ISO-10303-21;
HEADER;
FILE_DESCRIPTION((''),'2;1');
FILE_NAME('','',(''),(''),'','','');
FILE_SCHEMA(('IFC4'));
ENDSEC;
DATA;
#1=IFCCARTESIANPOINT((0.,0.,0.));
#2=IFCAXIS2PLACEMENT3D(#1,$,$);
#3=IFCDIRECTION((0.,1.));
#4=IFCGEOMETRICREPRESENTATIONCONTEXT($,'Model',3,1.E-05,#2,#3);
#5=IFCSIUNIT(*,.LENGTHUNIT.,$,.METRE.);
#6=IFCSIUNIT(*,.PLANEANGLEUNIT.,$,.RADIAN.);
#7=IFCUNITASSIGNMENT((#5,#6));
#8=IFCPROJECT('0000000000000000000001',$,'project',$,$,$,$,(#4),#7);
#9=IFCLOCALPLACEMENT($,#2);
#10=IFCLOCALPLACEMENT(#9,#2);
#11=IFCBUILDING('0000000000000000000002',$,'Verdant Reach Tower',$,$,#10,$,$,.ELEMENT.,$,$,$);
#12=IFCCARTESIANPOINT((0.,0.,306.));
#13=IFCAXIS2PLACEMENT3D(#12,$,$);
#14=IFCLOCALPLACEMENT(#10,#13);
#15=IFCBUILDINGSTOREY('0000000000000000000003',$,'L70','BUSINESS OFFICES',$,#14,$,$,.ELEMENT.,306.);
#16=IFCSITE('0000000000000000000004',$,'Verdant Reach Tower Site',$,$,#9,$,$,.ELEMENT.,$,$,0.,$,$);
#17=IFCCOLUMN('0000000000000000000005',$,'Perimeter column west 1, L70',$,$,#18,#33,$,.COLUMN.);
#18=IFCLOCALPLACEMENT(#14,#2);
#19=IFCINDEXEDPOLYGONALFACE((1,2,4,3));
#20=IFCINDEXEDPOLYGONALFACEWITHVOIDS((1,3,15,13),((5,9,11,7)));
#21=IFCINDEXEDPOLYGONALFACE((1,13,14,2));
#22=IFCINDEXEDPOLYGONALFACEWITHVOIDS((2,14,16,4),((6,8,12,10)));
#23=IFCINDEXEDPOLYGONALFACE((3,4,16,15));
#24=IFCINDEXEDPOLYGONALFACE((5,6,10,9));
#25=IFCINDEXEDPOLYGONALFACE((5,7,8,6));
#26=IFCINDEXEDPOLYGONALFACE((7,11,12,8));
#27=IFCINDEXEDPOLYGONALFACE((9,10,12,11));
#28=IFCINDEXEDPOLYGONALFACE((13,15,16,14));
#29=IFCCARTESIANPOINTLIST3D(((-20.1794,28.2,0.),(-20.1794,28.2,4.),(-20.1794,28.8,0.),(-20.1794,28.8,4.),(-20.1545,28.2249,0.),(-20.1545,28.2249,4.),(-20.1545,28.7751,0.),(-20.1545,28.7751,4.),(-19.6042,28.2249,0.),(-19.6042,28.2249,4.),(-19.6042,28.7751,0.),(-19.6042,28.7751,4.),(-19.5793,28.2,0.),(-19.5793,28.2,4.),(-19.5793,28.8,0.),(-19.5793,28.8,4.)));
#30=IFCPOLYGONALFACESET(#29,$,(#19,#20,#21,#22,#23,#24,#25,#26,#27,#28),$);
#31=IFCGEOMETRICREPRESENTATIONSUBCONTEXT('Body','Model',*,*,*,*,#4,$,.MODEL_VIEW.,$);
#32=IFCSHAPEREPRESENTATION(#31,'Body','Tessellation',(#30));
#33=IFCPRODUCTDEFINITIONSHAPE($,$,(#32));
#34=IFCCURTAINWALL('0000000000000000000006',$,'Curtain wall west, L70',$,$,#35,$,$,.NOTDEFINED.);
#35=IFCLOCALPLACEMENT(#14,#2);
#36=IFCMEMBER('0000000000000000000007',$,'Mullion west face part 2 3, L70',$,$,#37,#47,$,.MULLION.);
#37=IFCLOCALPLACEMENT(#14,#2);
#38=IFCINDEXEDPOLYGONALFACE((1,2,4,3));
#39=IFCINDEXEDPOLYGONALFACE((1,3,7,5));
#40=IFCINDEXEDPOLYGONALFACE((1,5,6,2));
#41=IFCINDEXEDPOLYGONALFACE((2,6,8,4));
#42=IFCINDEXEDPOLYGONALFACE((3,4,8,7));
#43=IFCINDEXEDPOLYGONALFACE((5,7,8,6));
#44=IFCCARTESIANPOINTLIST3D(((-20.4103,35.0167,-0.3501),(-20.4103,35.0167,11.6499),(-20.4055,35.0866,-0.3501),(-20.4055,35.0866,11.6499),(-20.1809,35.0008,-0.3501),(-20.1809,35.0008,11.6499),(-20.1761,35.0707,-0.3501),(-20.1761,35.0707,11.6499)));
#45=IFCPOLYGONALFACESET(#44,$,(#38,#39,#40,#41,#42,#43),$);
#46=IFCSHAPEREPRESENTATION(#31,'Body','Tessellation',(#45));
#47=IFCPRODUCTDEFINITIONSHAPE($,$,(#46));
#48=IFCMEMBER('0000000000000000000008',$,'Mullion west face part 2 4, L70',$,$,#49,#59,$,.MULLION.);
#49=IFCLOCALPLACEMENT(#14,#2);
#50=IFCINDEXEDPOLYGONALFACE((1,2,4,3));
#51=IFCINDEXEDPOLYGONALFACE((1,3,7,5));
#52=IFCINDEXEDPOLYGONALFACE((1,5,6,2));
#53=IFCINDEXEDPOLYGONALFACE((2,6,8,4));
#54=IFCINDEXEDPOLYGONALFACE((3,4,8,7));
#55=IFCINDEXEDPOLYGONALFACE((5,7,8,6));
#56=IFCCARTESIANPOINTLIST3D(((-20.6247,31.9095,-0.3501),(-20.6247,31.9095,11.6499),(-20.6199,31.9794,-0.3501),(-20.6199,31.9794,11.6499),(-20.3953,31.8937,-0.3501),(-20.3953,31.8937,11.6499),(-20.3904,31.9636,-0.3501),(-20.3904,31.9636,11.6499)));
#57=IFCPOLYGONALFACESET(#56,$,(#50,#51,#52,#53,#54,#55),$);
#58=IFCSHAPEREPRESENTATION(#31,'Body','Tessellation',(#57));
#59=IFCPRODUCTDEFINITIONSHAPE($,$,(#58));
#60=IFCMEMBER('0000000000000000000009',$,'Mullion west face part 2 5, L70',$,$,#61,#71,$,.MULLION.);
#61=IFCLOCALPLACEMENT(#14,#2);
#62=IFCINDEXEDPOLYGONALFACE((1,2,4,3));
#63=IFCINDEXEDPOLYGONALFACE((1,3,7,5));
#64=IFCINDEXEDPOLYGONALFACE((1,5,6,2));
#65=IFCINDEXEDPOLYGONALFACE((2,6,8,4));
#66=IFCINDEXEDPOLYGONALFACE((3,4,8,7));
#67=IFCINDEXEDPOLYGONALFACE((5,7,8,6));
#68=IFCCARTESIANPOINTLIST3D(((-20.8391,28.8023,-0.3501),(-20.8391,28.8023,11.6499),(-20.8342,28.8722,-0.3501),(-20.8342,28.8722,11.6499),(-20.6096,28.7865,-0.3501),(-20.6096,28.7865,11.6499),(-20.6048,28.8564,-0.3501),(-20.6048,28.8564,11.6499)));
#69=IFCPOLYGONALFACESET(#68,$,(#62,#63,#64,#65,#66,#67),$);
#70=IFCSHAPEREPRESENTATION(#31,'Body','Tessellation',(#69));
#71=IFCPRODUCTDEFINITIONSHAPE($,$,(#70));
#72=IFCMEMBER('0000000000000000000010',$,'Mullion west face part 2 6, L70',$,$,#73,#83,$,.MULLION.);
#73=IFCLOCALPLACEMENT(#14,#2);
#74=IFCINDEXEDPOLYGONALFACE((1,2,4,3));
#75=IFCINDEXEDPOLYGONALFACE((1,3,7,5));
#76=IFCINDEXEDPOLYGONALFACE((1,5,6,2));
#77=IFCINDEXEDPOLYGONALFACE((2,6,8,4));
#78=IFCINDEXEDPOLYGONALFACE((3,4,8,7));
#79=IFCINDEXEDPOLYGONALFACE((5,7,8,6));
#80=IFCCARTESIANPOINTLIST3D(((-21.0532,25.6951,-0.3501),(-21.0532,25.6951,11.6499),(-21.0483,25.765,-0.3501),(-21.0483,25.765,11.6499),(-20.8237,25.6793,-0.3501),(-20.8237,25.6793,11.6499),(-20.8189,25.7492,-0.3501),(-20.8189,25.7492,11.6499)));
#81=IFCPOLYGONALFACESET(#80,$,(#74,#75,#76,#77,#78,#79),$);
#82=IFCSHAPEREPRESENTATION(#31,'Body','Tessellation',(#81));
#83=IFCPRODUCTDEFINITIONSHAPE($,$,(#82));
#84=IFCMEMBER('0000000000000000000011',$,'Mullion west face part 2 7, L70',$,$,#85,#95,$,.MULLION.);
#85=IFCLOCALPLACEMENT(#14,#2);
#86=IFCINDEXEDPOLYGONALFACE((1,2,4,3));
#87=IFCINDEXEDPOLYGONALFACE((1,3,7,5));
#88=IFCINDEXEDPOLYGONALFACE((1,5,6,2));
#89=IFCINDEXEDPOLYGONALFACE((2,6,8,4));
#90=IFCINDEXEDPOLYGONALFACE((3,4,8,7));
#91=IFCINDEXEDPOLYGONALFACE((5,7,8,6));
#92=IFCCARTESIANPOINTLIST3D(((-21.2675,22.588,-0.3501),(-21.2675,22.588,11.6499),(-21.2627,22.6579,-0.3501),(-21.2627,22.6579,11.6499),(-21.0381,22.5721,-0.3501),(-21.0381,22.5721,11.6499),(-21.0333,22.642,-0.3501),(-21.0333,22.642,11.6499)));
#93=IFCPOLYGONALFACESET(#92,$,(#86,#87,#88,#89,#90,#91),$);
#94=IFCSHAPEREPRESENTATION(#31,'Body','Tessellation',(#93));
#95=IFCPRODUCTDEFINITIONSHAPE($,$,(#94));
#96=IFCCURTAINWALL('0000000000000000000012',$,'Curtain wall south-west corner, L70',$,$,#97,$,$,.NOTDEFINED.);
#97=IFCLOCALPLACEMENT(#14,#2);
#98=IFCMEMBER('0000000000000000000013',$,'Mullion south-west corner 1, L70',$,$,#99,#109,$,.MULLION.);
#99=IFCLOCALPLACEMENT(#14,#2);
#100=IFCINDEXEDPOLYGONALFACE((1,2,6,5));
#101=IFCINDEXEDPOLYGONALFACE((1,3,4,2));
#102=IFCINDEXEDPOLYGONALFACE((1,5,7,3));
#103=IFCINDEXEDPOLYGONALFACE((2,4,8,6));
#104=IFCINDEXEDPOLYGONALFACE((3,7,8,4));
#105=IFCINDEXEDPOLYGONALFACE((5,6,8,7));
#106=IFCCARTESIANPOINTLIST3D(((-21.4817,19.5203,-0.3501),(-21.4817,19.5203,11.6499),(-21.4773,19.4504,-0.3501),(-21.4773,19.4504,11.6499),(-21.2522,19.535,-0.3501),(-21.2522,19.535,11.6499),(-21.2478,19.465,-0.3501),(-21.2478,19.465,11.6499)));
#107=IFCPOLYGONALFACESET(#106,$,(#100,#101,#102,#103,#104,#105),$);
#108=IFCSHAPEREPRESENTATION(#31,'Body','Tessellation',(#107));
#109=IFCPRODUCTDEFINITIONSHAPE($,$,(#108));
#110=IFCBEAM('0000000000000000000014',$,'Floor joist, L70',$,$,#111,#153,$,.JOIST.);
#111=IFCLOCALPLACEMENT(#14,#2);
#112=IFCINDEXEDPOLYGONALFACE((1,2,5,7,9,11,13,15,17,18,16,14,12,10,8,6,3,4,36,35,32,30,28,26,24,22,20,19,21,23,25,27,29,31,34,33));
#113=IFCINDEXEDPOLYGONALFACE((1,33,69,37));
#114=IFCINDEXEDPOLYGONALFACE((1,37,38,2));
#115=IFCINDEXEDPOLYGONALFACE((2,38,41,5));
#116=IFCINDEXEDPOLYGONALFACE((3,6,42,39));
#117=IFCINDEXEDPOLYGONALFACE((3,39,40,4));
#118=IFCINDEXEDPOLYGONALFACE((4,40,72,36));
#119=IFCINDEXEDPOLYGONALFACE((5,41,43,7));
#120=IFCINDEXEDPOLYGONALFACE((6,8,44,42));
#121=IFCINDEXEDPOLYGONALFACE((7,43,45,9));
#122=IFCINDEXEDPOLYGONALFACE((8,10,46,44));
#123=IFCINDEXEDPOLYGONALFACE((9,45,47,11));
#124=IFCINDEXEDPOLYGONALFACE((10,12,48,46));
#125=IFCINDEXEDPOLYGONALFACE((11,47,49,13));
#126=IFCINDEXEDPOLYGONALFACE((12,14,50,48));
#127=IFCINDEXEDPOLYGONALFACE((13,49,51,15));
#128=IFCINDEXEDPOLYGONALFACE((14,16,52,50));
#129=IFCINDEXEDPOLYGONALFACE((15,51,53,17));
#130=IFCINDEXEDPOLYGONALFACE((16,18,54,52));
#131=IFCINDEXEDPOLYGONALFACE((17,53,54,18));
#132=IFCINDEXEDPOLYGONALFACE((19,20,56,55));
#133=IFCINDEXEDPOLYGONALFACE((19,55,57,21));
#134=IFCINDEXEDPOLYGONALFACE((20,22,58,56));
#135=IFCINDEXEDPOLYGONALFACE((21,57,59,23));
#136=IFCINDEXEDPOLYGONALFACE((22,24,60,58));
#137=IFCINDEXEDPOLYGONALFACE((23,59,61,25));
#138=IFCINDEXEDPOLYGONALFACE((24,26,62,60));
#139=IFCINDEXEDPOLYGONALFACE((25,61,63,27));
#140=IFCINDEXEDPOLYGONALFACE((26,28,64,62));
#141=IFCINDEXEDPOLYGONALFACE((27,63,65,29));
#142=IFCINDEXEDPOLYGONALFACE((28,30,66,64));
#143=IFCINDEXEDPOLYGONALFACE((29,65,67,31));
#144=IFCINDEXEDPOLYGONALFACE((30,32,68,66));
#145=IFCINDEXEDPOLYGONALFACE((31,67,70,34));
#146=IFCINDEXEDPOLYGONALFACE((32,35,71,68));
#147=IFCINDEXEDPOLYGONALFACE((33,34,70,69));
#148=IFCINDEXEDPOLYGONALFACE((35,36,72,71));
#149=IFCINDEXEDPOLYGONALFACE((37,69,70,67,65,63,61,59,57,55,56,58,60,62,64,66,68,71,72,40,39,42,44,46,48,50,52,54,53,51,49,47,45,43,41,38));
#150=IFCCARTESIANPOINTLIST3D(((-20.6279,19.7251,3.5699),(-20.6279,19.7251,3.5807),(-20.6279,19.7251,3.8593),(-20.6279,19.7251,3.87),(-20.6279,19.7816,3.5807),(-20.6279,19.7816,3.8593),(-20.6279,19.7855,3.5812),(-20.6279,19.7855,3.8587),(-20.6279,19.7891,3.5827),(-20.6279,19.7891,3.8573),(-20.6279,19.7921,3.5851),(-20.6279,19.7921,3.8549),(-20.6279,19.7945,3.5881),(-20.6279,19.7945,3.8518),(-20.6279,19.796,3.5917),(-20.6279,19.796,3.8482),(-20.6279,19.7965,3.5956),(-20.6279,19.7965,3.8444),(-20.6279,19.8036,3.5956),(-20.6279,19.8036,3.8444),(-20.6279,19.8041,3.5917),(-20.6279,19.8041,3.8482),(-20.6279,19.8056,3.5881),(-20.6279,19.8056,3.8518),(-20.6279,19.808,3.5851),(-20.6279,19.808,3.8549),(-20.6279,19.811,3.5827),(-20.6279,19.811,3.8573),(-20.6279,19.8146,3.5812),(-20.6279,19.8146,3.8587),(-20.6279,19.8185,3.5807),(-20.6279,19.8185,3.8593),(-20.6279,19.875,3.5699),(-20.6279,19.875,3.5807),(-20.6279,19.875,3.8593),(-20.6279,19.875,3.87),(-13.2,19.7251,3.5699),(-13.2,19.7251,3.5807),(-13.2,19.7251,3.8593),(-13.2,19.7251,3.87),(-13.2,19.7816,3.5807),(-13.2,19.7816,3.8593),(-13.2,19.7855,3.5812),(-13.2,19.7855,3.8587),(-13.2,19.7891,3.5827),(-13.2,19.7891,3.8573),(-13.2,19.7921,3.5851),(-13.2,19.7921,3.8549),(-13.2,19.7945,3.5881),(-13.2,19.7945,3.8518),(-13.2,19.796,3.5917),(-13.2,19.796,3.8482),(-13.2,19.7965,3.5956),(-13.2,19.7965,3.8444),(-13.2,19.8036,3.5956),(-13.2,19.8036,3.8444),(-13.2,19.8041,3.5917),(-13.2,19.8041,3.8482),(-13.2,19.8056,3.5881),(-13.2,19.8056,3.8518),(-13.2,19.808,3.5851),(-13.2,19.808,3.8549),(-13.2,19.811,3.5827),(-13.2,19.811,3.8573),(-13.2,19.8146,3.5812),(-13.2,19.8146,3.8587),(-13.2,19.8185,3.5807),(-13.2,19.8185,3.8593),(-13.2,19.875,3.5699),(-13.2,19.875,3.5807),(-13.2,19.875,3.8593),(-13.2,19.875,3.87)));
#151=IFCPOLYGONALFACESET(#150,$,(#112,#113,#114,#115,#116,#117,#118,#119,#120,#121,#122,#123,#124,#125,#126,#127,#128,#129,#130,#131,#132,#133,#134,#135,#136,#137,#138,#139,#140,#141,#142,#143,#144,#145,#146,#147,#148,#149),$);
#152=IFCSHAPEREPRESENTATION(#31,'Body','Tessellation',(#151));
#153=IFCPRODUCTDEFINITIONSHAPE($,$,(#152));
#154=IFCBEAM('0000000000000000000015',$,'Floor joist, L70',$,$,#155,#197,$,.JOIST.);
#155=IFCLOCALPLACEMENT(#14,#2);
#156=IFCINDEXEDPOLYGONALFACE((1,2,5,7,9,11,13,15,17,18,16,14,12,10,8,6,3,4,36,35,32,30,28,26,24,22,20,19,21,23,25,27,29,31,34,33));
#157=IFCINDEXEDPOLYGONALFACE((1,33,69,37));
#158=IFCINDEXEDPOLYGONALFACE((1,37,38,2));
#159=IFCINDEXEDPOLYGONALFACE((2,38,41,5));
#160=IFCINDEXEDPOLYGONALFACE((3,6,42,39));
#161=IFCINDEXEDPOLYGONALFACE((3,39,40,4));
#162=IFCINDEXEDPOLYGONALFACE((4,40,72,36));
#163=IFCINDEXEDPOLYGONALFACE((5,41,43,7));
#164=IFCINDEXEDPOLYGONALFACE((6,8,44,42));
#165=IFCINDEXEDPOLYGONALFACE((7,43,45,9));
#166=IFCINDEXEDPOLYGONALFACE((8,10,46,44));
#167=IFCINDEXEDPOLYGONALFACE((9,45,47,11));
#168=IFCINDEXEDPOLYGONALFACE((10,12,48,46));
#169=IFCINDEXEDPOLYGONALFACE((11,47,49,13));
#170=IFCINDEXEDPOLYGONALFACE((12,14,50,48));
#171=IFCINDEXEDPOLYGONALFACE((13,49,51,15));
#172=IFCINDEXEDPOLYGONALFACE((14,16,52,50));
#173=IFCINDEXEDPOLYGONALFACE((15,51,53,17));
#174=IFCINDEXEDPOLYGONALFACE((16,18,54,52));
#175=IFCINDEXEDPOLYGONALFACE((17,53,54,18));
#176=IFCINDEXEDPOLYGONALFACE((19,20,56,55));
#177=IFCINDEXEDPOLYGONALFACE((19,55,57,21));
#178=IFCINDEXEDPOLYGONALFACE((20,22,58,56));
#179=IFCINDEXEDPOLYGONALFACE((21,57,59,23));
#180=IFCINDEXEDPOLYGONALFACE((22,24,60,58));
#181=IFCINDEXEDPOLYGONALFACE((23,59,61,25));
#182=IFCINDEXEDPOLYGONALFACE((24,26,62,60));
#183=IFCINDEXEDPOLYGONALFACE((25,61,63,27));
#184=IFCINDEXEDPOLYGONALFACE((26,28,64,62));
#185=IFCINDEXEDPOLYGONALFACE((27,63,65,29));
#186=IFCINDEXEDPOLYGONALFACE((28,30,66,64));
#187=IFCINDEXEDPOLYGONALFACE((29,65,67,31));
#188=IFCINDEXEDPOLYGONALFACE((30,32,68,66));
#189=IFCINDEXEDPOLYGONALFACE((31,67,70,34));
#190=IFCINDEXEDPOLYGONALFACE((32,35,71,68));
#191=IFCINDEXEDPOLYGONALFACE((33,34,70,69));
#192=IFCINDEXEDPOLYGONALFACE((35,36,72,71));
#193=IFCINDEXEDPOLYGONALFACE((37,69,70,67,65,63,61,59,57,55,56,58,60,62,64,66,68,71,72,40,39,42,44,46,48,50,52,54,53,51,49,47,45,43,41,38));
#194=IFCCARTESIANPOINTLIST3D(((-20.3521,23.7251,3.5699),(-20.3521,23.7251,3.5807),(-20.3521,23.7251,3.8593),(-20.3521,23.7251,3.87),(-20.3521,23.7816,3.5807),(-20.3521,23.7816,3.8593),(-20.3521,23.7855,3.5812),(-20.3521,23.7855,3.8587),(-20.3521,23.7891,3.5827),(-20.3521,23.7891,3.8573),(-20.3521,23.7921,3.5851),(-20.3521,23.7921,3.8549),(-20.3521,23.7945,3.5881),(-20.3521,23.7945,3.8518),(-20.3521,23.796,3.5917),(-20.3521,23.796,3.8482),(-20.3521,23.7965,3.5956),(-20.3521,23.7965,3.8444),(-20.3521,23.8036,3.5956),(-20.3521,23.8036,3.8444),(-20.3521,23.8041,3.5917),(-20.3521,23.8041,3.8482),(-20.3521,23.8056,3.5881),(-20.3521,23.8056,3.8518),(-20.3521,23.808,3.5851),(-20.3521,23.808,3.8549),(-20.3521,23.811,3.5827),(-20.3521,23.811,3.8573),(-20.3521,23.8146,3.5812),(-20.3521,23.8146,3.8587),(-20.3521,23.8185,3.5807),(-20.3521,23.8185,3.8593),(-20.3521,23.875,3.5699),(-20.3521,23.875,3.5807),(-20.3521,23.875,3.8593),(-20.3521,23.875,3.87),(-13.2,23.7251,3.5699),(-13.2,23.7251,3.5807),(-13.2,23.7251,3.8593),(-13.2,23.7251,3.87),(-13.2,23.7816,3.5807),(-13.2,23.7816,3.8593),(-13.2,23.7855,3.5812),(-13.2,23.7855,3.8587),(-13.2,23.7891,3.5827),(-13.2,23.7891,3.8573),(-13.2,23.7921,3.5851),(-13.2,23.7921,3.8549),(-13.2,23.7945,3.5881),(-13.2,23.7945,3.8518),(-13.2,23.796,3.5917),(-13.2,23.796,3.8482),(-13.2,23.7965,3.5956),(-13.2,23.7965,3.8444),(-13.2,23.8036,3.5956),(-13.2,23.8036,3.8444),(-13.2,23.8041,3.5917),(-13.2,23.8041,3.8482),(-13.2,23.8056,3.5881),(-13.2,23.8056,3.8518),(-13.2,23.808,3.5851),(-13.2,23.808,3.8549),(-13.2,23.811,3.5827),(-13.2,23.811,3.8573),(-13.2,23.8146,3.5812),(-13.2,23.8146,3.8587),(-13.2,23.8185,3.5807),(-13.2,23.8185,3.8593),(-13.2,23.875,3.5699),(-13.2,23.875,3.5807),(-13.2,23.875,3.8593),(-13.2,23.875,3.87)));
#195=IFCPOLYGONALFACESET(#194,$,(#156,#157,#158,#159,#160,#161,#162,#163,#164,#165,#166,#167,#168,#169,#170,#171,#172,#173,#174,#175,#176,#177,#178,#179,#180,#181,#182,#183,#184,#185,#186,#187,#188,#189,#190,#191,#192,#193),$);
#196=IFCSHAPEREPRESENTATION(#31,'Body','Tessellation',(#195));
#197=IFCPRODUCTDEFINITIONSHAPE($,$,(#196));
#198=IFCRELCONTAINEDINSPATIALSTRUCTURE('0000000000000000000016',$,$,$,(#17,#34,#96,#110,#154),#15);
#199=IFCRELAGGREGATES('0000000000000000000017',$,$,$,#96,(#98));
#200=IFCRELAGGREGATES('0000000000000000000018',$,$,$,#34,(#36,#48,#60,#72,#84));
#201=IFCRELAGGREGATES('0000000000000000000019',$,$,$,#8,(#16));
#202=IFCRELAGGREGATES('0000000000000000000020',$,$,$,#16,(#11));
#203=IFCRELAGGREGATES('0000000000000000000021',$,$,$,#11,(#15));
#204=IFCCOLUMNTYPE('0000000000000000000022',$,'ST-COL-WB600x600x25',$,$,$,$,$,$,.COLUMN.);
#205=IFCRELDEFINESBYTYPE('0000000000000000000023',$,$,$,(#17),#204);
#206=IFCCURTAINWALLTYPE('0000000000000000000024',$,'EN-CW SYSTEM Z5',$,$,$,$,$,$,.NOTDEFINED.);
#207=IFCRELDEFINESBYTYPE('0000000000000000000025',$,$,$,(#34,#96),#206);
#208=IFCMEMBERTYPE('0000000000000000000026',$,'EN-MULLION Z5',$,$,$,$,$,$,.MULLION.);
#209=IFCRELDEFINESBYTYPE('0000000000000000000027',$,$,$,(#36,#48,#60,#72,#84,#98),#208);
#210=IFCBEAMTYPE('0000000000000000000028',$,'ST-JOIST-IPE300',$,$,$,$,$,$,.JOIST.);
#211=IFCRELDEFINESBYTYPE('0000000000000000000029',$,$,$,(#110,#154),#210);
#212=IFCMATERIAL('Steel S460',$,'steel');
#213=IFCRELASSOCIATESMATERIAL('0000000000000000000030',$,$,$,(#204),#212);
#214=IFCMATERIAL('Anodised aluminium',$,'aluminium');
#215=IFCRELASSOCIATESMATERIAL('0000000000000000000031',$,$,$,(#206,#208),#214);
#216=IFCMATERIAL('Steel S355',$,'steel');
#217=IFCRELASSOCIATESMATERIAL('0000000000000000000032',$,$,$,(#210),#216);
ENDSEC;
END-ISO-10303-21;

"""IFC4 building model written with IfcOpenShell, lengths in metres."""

from ifc_helpers import new_model, si_unit, direction, frame, origin, origin_2d, place, context, subcontext, project, spatial, rectangle, hollow_rectangle, i_section, extrude, material, material_profile, profile_set, type_object, element, aggregate, save


model = new_model("IFC4")

# Units and contexts
model_context = context("Model", 3, precision=1e-05, world=origin(), true_north=direction((0.0, 1.0)))
body_context = subcontext(model_context, "Body", "Model", "MODEL_VIEW")
ifc_project = project(units=[si_unit("LENGTHUNIT", "METRE"), si_unit("PLANEANGLEUNIT", "RADIAN")], contexts=[model_context])

# Site, building, storey
site_placement = place(None, origin())
site = spatial("IfcSite", under=ifc_project, at=site_placement, Name="Verdant Reach Tower Site", CompositionType="ELEMENT", RefElevation=0.0)
building_placement = place(site_placement, origin())
building = spatial("IfcBuilding", under=site, at=building_placement, Name="Verdant Reach Tower", CompositionType="ELEMENT")
storey_placement = place(building_placement, frame((0.0, 0.0, 306.0)))
storey = spatial("IfcBuildingStorey", under=building, at=storey_placement, Name="L70", Description="BUSINESS OFFICES", CompositionType="ELEMENT", Elevation=306.0)

# Column
ifc_material_1 = material(Name="Steel S460", Category="steel")
ifc_material_profile_1 = material_profile(ifc_material_1, hollow_rectangle(XDim=0.6001, YDim=0.6001, WallThickness=0.0249, at=origin_2d()), Name="WB 600x600x25")
ifc_profile_set_1 = profile_set([ifc_material_profile_1], Name="Steel S460")
column_type = type_object("IfcColumnType", Name="ST-COL-WB600x600x25", PredefinedType="COLUMN", material=ifc_profile_set_1)
column_placement = place(storey_placement, frame((-19.8794, 28.5, 0.0), z_axis=(0.0, 0.0, 1.0), x_axis=(1.0, 0.0, 0.0)))
element("IfcColumn", 1, at=column_placement, inside=storey, type_object=column_type, Name="Perimeter column west 1, L70", PredefinedType="COLUMN", context=body_context, shape_type="SweptSolid", body=[
    extrude(hollow_rectangle(XDim=0.6001, YDim=0.6001, WallThickness=0.0249, at=origin_2d()), origin(), (0.0, 0.0, 1.0), 4.0),
])

# Curtain wall, members
ifc_material_2 = material(Name="Anodised aluminium", Category="aluminium")
curtain_wall_type = type_object("IfcCurtainWallType", Name="EN-CW SYSTEM Z5", PredefinedType="NOTDEFINED", material=ifc_material_2)
curtain_wall_1_placement = place(storey_placement, origin())
curtain_wall_1 = element("IfcCurtainWall", 2, at=curtain_wall_1_placement, inside=storey, type_object=curtain_wall_type, Name="Curtain wall west, L70", PredefinedType="NOTDEFINED")
ifc_material_profile_2 = material_profile(ifc_material_2, rectangle(XDim=0.23, YDim=0.0701, at=origin_2d()), Name="Mullion 70x230")
ifc_profile_set_2 = profile_set([ifc_material_profile_2], Name="Anodised aluminium")
member_type = type_object("IfcMemberType", Name="EN-MULLION Z5", PredefinedType="MULLION", material=ifc_profile_set_2)
member_1_placement = place(storey_placement, frame((-20.2932, 35.0437, -0.3501), z_axis=(0.0, 0.0, 1.0), x_axis=(-0.99763, 0.068802, 0.0)))
member_1 = element("IfcMember", 3, at=member_1_placement, type_object=member_type, Name="Mullion west face part 2 3, L70", PredefinedType="MULLION", context=body_context, shape_type="SweptSolid", body=[
    extrude(rectangle(XDim=0.23, YDim=0.0701, at=origin_2d()), origin(), (0.0, 0.0, 1.0), 12.0),
])
member_2_placement = place(storey_placement, frame((-20.5076, 31.9365, -0.3501), z_axis=(0.0, 0.0, 1.0), x_axis=(-0.99763, 0.068802, 0.0)))
member_2 = element("IfcMember", 4, at=member_2_placement, type_object=member_type, Name="Mullion west face part 2 4, L70", PredefinedType="MULLION", context=body_context, shape_type="SweptSolid", body=[
    extrude(rectangle(XDim=0.23, YDim=0.0701, at=origin_2d()), origin(), (0.0, 0.0, 1.0), 12.0),
])
member_3_placement = place(storey_placement, frame((-20.7219, 28.8293, -0.3501), z_axis=(0.0, 0.0, 1.0), x_axis=(-0.99763, 0.068802, 0.0)))
member_3 = element("IfcMember", 5, at=member_3_placement, type_object=member_type, Name="Mullion west face part 2 5, L70", PredefinedType="MULLION", context=body_context, shape_type="SweptSolid", body=[
    extrude(rectangle(XDim=0.23, YDim=0.0701, at=origin_2d()), origin(), (0.0, 0.0, 1.0), 12.0),
])
member_4_placement = place(storey_placement, frame((-20.936, 25.7222, -0.3501), z_axis=(0.0, 0.0, 1.0), x_axis=(-0.99763, 0.068802, 0.0)))
member_4 = element("IfcMember", 6, at=member_4_placement, type_object=member_type, Name="Mullion west face part 2 6, L70", PredefinedType="MULLION", context=body_context, shape_type="SweptSolid", body=[
    extrude(rectangle(XDim=0.23, YDim=0.0701, at=origin_2d()), origin(), (0.0, 0.0, 1.0), 12.0),
])
member_5_placement = place(storey_placement, frame((-21.1504, 22.615, -0.3501), z_axis=(0.0, 0.0, 1.0), x_axis=(-0.99763, 0.068802, 0.0)))
member_5 = element("IfcMember", 7, at=member_5_placement, type_object=member_type, Name="Mullion west face part 2 7, L70", PredefinedType="MULLION", context=body_context, shape_type="SweptSolid", body=[
    extrude(rectangle(XDim=0.23, YDim=0.0701, at=origin_2d()), origin(), (0.0, 0.0, 1.0), 12.0),
])

# Curtain wall, member
curtain_wall_2_placement = place(storey_placement, origin())
curtain_wall_2 = element("IfcCurtainWall", 8, at=curtain_wall_2_placement, inside=storey, type_object=curtain_wall_type, Name="Curtain wall south-west corner, L70", PredefinedType="NOTDEFINED")
member_6_placement = place(storey_placement, frame((-21.3647, 19.4927, -0.3501), z_axis=(0.0, 0.0, 1.0), x_axis=(-0.997969, -0.063699, 0.0)))
member_6 = element("IfcMember", 9, at=member_6_placement, type_object=member_type, Name="Mullion south-west corner 1, L70", PredefinedType="MULLION", context=body_context, shape_type="SweptSolid", body=[
    extrude(rectangle(XDim=0.23, YDim=0.0701, at=origin_2d()), origin(), (0.0, 0.0, 1.0), 12.0),
])
aggregate(curtain_wall_2, [member_6])

# Beams
ifc_material_3 = material(Name="Steel S355", Category="steel")
ifc_material_profile_3 = material_profile(ifc_material_3, i_section(OverallWidth=0.1499, OverallDepth=0.3, WebThickness=0.0071, FlangeThickness=0.0107, FilletRadius=0.0149, at=origin_2d()), Name="IPE 300")
ifc_profile_set_3 = profile_set([ifc_material_profile_3], Name="Steel S355")
beam_type_1 = type_object("IfcBeamType", Name="ST-JOIST-IPE300", PredefinedType="JOIST", material=ifc_profile_set_3)
beam_1_placement = place(storey_placement, frame((-13.2, 19.8, 3.72), z_axis=(-1.0, 0.0, 0.0), x_axis=(0.0, -1.0, 0.0)))
element("IfcBeam", 10, at=beam_1_placement, inside=storey, type_object=beam_type_1, Name="Floor joist, L70", PredefinedType="JOIST", context=body_context, shape_type="SweptSolid", body=[
    extrude(i_section(OverallWidth=0.1499, OverallDepth=0.3, WebThickness=0.0071, FlangeThickness=0.0107, FilletRadius=0.0149, at=origin_2d()), origin(), (0.0, 0.0, 1.0), 7.428),
])
beam_2_placement = place(storey_placement, frame((-13.2, 23.8, 3.72), z_axis=(-1.0, 0.0, 0.0), x_axis=(0.0, -1.0, 0.0)))
element("IfcBeam", 11, at=beam_2_placement, inside=storey, type_object=beam_type_1, Name="Floor joist, L70", PredefinedType="JOIST", context=body_context, shape_type="SweptSolid", body=[
    extrude(i_section(OverallWidth=0.1499, OverallDepth=0.3, WebThickness=0.0071, FlangeThickness=0.0107, FilletRadius=0.0149, at=origin_2d()), origin(), (0.0, 0.0, 1.0), 7.1521),
])

aggregate(curtain_wall_1, [member_1, member_2, member_3, member_4, member_5])

save(model, "model.ifc")
